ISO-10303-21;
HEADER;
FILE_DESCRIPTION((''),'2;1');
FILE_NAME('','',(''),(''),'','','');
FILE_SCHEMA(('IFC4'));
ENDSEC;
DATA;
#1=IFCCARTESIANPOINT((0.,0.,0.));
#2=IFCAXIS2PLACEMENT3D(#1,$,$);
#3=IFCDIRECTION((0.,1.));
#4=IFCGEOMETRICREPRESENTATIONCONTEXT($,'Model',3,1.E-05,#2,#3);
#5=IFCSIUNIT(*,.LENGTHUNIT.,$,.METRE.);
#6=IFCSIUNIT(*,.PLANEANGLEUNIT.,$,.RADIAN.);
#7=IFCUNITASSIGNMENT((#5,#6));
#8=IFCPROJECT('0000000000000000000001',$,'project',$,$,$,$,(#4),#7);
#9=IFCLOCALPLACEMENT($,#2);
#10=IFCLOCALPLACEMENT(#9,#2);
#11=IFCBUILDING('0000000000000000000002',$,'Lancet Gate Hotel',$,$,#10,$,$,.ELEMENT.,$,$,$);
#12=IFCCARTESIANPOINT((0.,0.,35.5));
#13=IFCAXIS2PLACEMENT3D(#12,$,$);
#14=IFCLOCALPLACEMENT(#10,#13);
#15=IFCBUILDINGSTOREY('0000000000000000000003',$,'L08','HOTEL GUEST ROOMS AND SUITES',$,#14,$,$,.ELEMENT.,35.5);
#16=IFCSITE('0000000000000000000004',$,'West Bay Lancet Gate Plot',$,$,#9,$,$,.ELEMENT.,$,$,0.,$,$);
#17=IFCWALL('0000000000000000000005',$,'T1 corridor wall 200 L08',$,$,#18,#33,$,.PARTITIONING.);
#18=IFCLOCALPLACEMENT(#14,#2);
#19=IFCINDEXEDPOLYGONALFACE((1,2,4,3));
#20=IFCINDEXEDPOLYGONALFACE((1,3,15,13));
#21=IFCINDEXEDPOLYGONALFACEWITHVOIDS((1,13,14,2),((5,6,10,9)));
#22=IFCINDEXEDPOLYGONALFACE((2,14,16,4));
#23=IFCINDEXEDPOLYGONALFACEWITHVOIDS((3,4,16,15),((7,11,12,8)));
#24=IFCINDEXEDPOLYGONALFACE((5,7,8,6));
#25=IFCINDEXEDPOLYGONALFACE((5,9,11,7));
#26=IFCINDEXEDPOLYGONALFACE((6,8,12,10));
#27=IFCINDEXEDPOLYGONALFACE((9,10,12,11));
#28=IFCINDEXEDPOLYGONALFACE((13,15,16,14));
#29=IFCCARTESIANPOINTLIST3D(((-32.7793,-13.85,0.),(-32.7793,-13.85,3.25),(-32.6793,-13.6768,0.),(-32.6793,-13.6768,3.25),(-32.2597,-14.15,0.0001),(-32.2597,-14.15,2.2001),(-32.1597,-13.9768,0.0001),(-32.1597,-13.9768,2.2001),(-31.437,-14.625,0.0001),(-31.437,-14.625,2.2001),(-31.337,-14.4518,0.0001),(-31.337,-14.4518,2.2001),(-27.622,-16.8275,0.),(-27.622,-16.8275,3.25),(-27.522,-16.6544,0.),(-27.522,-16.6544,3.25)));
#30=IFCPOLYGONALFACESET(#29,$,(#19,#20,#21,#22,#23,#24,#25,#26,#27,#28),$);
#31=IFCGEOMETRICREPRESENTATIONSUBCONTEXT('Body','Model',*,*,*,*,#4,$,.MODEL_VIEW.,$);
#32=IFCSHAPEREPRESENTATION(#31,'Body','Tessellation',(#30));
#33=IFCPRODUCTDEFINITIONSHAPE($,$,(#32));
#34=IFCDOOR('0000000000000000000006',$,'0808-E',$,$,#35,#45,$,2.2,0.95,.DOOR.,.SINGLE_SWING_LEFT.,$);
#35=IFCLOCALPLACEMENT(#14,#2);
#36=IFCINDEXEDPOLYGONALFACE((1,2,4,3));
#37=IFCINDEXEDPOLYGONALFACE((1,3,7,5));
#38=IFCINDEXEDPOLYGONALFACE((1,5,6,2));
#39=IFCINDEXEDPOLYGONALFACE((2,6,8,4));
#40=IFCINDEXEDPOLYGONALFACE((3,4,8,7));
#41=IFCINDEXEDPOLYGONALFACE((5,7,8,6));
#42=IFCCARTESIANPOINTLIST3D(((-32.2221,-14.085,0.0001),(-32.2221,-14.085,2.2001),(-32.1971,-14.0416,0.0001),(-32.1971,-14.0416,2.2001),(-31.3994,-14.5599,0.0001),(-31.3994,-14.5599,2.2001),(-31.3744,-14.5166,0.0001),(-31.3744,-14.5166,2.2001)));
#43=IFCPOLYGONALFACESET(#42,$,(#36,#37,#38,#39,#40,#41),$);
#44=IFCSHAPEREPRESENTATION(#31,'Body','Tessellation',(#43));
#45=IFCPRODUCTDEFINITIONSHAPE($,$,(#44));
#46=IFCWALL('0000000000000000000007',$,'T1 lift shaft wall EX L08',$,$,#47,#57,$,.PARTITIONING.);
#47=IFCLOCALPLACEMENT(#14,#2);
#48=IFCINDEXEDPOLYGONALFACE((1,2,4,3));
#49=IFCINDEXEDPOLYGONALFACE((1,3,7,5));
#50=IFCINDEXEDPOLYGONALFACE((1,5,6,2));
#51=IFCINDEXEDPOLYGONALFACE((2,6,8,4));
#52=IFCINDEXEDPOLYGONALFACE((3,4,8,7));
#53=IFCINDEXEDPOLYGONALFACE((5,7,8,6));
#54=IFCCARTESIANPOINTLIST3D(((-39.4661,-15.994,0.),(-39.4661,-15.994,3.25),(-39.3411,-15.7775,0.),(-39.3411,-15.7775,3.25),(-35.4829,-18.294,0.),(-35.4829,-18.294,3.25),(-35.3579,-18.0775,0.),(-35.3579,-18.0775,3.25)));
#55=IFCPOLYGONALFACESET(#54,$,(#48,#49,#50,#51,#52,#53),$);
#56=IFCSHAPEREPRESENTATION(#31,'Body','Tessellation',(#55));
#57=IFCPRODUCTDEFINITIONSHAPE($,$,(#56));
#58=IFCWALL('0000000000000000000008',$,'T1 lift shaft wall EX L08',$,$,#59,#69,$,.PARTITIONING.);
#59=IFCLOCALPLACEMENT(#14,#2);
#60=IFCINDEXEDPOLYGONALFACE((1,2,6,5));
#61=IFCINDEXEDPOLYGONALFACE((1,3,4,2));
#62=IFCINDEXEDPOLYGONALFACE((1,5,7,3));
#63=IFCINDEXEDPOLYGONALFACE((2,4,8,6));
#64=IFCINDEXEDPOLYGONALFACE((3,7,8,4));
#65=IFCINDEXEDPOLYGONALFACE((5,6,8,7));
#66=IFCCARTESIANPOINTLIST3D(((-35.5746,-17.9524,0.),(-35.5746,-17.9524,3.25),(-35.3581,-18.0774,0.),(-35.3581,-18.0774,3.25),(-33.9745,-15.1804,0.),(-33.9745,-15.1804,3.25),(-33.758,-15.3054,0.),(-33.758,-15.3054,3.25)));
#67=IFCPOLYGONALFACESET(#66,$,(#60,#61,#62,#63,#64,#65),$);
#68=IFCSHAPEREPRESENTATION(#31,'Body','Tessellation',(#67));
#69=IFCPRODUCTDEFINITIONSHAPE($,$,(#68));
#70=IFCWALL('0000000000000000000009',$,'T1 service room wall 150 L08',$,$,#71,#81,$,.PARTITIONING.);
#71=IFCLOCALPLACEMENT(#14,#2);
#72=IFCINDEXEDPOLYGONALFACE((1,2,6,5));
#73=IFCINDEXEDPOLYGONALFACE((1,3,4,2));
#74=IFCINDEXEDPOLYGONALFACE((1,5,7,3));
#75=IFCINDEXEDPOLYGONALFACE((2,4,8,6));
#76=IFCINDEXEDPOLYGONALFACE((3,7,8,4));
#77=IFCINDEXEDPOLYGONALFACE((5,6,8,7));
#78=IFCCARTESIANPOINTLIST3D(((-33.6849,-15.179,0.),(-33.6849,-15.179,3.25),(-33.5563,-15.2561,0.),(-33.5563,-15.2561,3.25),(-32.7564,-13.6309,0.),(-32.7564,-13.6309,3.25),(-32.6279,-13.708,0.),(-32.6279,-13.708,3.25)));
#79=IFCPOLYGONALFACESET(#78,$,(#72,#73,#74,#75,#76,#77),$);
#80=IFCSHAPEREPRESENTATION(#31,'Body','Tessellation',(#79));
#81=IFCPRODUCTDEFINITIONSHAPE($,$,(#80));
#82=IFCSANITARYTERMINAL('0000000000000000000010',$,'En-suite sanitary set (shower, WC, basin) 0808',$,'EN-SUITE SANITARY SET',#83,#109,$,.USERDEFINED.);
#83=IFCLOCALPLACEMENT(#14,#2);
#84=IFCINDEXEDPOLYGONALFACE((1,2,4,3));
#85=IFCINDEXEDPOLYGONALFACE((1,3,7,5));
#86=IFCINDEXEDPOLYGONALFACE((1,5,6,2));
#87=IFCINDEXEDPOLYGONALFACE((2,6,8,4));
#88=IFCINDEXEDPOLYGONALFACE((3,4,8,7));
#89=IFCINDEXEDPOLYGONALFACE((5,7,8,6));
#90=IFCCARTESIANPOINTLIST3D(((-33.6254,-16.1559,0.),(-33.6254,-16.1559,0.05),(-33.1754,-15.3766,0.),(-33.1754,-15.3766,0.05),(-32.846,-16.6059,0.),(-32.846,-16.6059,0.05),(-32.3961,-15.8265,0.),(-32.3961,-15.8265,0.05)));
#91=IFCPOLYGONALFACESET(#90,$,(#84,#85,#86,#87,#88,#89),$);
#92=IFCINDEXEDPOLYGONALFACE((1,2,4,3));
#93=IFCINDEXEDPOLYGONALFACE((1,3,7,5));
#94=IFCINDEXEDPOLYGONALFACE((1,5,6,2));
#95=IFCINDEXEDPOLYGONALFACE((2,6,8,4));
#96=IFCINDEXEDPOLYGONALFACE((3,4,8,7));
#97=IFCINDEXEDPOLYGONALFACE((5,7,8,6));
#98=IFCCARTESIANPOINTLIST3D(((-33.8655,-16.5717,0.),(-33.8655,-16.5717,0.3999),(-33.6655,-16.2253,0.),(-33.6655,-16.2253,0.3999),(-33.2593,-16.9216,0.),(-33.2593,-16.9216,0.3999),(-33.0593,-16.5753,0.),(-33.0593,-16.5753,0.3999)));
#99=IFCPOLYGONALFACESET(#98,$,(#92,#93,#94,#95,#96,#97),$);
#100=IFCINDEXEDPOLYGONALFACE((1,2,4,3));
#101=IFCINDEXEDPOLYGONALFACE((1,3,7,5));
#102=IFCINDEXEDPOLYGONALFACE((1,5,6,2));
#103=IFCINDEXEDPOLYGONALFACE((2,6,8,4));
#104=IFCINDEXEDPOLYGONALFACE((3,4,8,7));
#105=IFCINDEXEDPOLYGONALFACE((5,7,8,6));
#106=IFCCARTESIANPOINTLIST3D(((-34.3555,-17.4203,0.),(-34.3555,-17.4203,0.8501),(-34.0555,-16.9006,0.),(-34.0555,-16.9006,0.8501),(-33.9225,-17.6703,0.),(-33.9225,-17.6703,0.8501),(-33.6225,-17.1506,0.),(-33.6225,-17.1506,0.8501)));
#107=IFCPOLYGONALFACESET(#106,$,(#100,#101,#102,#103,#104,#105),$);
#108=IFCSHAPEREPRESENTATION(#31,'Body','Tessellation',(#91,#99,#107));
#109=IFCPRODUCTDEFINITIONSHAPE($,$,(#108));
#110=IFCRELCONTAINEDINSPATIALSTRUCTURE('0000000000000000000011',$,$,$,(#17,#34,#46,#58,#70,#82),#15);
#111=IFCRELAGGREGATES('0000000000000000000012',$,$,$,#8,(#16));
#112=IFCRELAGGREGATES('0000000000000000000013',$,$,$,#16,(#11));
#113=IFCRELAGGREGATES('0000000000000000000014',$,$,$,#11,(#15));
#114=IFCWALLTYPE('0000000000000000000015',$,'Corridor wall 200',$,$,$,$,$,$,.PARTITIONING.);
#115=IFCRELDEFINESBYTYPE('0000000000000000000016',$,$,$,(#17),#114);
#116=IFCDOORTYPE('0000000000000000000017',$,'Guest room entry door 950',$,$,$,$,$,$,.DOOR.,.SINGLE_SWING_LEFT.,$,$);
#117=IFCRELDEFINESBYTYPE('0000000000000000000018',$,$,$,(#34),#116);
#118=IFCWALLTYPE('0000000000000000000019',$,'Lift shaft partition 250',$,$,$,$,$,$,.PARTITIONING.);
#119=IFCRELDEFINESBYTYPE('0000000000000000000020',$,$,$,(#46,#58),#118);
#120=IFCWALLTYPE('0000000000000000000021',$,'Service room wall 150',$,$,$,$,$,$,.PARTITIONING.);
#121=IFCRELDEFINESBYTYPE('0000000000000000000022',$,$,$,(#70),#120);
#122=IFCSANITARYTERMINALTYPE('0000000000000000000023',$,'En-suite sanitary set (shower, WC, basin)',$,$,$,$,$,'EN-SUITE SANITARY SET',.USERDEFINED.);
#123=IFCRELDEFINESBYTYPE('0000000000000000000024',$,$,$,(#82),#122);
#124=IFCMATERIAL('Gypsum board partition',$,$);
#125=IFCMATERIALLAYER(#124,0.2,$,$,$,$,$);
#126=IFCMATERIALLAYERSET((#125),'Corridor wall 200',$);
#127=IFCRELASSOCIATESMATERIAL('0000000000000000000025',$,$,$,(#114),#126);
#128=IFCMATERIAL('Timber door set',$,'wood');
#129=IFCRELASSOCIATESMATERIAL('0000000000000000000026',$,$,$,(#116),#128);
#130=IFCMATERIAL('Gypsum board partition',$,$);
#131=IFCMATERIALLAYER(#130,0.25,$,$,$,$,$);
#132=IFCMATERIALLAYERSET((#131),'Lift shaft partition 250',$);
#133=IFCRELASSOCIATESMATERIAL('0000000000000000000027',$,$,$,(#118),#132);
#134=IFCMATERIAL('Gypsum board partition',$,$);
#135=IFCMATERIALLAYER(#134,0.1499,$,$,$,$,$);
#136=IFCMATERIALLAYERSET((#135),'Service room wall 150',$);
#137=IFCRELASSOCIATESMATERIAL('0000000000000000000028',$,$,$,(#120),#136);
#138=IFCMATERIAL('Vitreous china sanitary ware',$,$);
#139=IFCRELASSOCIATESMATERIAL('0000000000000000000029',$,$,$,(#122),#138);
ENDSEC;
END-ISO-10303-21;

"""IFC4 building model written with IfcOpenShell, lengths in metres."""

from ifc_helpers import new_model, si_unit, direction, frame, frame_2d, origin, origin_2d, place, context, subcontext, project, spatial, rectangle, extrude, material, layer, layer_set, type_object, element, fill, save


model = new_model("IFC4")

# Units and contexts
model_context = context("Model", 3, precision=1e-05, world=origin(), true_north=direction((0.0, 1.0)))
body_context = subcontext(model_context, "Body", "Model", "MODEL_VIEW")
ifc_project = project(units=[si_unit("LENGTHUNIT", "METRE"), si_unit("PLANEANGLEUNIT", "RADIAN")], contexts=[model_context])

# Site, building, storey
site_placement = place(None, origin())
site = spatial("IfcSite", under=ifc_project, at=site_placement, Name="West Bay Lancet Gate Plot", CompositionType="ELEMENT", RefElevation=0.0)
building_placement = place(site_placement, origin())
building = spatial("IfcBuilding", under=site, at=building_placement, Name="Lancet Gate Hotel", CompositionType="ELEMENT")
storey_placement = place(building_placement, frame((0.0, 0.0, 35.5)))
storey = spatial("IfcBuildingStorey", under=building, at=storey_placement, Name="L08", Description="HOTEL GUEST ROOMS AND SUITES", CompositionType="ELEMENT", Elevation=35.5)

# Wall, opening, door
ifc_material_1 = material(Name="Gypsum board partition")
ifc_layer_1 = layer(ifc_material_1, 0.2)
ifc_layer_set_1 = layer_set([ifc_layer_1], Name="Corridor wall 200")
wall_type_1 = type_object("IfcWallType", Name="Corridor wall 200", PredefinedType="PARTITIONING", material=ifc_layer_set_1)
wall_1_placement = place(storey_placement, frame((-27.572, -16.741, 0.0), z_axis=(0.0, 0.0, 1.0), x_axis=(-0.866024, 0.500002, 0.0)))
wall_1 = element("IfcWall", 1, at=wall_1_placement, inside=storey, type_object=wall_type_1, Name="T1 corridor wall 200 L08", PredefinedType="PARTITIONING", context=body_context, shape_type="SweptSolid", body=[
    extrude(rectangle(XDim=5.9551, YDim=0.2, at=frame_2d((2.9775, 0.0))), origin(), (0.0, 0.0, 1.0), 3.25),
])
opening_1_placement = place(wall_1_placement, frame((4.405, 0.0, 0.0)))
opening_1 = element("IfcOpeningElement", 2, at=opening_1_placement, cuts=wall_1, PredefinedType="OPENING", context=body_context, shape_type="SweptSolid", body=[
    extrude(rectangle(XDim=0.95, YDim=2.2, at=frame_2d((0.4751, 1.1001))), frame((0.0, 0.1099, 0.0), z_axis=(0.0, -1.0, 0.0), x_axis=(1.0, 0.0, 0.0)), (0.0, 0.0, 1.0), 0.22),
])
ifc_material_2 = material(Name="Timber door set", Category="wood")
door_type_1 = type_object("IfcDoorType", Name="Guest room entry door 950", OperationType="SINGLE_SWING_LEFT", PredefinedType="DOOR", material=ifc_material_2)
door_1_placement = place(opening_1_placement, origin())
door_1 = element("IfcDoor", 3, at=door_1_placement, inside=storey, type_object=door_type_1, Name="0808-E", OperationType="SINGLE_SWING_LEFT", OverallHeight=2.2, OverallWidth=0.95, PredefinedType="DOOR", context=body_context, shape_type="SweptSolid", body=[
    extrude(rectangle(XDim=0.95, YDim=2.2, at=frame_2d((0.4751, 1.1001))), frame((0.0, 0.0249, 0.0), z_axis=(0.0, -1.0, 0.0), x_axis=(1.0, 0.0, 0.0)), (0.0, 0.0, 1.0), 0.05),
])
fill(opening_1, door_1)

# Walls
ifc_material_3 = material(Name="Gypsum board partition")
ifc_layer_2 = layer(ifc_material_3, 0.25)
ifc_layer_set_2 = layer_set([ifc_layer_2], Name="Lift shaft partition 250")
wall_type_2 = type_object("IfcWallType", Name="Lift shaft partition 250", PredefinedType="PARTITIONING", material=ifc_layer_set_2)
wall_2_placement = place(storey_placement, frame((-35.4204, -18.1858, 0.0), z_axis=(0.0, 0.0, 1.0), x_axis=(-0.86599, 0.500061, 0.0)))
element("IfcWall", 4, at=wall_2_placement, inside=storey, type_object=wall_type_2, Name="T1 lift shaft wall EX L08", PredefinedType="PARTITIONING", context=body_context, shape_type="SweptSolid", body=[
    extrude(rectangle(XDim=4.5996, YDim=0.25, at=frame_2d((2.2998, 0.0))), origin(), (0.0, 0.0, 1.0), 3.25),
])
wall_3_placement = place(storey_placement, frame((-33.8662, -15.2429, 0.0), z_axis=(0.0, 0.0, 1.0), x_axis=(-0.499929, -0.866066, 0.0)))
element("IfcWall", 5, at=wall_3_placement, inside=storey, type_object=wall_type_2, Name="T1 lift shaft wall EX L08", PredefinedType="PARTITIONING", context=body_context, shape_type="SweptSolid", body=[
    extrude(rectangle(XDim=3.2007, YDim=0.25, at=frame_2d((1.6003, 0.0))), origin(), (0.0, 0.0, 1.0), 3.25),
])
ifc_material_4 = material(Name="Gypsum board partition")
ifc_layer_3 = layer(ifc_material_4, 0.1499)
ifc_layer_set_3 = layer_set([ifc_layer_3], Name="Service room wall 150")
wall_type_3 = type_object("IfcWallType", Name="Service room wall 150", PredefinedType="PARTITIONING", material=ifc_layer_set_3)
wall_4_placement = place(storey_placement, frame((-33.6206, -15.2175, 0.0), z_axis=(0.0, 0.0, 1.0), x_axis=(0.514337, 0.857588, 0.0)))
element("IfcWall", 6, at=wall_4_placement, inside=storey, type_object=wall_type_3, Name="T1 service room wall 150 L08", PredefinedType="PARTITIONING", context=body_context, shape_type="SweptSolid", body=[
    extrude(rectangle(XDim=1.8052, YDim=0.1499, at=frame_2d((0.9026, 0.0))), origin(), (0.0, 0.0, 1.0), 3.25),
])

# Sanitary terminal
ifc_material_5 = material(Name="Vitreous china sanitary ware")
sanitary_terminal_type = type_object("IfcSanitaryTerminalType", Name="En-suite sanitary set (shower, WC, basin)", ElementType="EN-SUITE SANITARY SET", PredefinedType="USERDEFINED", material=ifc_material_5)
sanitary_terminal_placement = place(storey_placement, frame((-33.0107, -15.9912, 0.0), z_axis=(0.0, 0.0, 1.0), x_axis=(1.0, 0.0, 0.0)))
element("IfcSanitaryTerminal", 7, at=sanitary_terminal_placement, inside=storey, type_object=sanitary_terminal_type, Name="En-suite sanitary set (shower, WC, basin) 0808", ObjectType="EN-SUITE SANITARY SET", PredefinedType="USERDEFINED", context=body_context, shape_type="SweptSolid", body=[
    extrude(rectangle(XDim=0.8999, YDim=0.8999, at=origin_2d()), frame((0.0, 0.0, 0.0), z_axis=(0.0, 0.0, 1.0), x_axis=(0.5, 0.866025, 0.0)), (0.0, 0.0, 1.0), 0.05),
    extrude(rectangle(XDim=0.3999, YDim=0.7, at=origin_2d()), frame((-0.4517, -0.5823, 0.0), z_axis=(0.0, 0.0, 1.0), x_axis=(0.5, 0.866025, 0.0)), (0.0, 0.0, 1.0), 0.3999),
    extrude(rectangle(XDim=0.6001, YDim=0.5, at=origin_2d()), frame((-0.9783, -1.2942, 0.0), z_axis=(0.0, 0.0, 1.0), x_axis=(0.5, 0.866025, 0.0)), (0.0, 0.0, 1.0), 0.8501),
])

save(model, "model.ifc")
